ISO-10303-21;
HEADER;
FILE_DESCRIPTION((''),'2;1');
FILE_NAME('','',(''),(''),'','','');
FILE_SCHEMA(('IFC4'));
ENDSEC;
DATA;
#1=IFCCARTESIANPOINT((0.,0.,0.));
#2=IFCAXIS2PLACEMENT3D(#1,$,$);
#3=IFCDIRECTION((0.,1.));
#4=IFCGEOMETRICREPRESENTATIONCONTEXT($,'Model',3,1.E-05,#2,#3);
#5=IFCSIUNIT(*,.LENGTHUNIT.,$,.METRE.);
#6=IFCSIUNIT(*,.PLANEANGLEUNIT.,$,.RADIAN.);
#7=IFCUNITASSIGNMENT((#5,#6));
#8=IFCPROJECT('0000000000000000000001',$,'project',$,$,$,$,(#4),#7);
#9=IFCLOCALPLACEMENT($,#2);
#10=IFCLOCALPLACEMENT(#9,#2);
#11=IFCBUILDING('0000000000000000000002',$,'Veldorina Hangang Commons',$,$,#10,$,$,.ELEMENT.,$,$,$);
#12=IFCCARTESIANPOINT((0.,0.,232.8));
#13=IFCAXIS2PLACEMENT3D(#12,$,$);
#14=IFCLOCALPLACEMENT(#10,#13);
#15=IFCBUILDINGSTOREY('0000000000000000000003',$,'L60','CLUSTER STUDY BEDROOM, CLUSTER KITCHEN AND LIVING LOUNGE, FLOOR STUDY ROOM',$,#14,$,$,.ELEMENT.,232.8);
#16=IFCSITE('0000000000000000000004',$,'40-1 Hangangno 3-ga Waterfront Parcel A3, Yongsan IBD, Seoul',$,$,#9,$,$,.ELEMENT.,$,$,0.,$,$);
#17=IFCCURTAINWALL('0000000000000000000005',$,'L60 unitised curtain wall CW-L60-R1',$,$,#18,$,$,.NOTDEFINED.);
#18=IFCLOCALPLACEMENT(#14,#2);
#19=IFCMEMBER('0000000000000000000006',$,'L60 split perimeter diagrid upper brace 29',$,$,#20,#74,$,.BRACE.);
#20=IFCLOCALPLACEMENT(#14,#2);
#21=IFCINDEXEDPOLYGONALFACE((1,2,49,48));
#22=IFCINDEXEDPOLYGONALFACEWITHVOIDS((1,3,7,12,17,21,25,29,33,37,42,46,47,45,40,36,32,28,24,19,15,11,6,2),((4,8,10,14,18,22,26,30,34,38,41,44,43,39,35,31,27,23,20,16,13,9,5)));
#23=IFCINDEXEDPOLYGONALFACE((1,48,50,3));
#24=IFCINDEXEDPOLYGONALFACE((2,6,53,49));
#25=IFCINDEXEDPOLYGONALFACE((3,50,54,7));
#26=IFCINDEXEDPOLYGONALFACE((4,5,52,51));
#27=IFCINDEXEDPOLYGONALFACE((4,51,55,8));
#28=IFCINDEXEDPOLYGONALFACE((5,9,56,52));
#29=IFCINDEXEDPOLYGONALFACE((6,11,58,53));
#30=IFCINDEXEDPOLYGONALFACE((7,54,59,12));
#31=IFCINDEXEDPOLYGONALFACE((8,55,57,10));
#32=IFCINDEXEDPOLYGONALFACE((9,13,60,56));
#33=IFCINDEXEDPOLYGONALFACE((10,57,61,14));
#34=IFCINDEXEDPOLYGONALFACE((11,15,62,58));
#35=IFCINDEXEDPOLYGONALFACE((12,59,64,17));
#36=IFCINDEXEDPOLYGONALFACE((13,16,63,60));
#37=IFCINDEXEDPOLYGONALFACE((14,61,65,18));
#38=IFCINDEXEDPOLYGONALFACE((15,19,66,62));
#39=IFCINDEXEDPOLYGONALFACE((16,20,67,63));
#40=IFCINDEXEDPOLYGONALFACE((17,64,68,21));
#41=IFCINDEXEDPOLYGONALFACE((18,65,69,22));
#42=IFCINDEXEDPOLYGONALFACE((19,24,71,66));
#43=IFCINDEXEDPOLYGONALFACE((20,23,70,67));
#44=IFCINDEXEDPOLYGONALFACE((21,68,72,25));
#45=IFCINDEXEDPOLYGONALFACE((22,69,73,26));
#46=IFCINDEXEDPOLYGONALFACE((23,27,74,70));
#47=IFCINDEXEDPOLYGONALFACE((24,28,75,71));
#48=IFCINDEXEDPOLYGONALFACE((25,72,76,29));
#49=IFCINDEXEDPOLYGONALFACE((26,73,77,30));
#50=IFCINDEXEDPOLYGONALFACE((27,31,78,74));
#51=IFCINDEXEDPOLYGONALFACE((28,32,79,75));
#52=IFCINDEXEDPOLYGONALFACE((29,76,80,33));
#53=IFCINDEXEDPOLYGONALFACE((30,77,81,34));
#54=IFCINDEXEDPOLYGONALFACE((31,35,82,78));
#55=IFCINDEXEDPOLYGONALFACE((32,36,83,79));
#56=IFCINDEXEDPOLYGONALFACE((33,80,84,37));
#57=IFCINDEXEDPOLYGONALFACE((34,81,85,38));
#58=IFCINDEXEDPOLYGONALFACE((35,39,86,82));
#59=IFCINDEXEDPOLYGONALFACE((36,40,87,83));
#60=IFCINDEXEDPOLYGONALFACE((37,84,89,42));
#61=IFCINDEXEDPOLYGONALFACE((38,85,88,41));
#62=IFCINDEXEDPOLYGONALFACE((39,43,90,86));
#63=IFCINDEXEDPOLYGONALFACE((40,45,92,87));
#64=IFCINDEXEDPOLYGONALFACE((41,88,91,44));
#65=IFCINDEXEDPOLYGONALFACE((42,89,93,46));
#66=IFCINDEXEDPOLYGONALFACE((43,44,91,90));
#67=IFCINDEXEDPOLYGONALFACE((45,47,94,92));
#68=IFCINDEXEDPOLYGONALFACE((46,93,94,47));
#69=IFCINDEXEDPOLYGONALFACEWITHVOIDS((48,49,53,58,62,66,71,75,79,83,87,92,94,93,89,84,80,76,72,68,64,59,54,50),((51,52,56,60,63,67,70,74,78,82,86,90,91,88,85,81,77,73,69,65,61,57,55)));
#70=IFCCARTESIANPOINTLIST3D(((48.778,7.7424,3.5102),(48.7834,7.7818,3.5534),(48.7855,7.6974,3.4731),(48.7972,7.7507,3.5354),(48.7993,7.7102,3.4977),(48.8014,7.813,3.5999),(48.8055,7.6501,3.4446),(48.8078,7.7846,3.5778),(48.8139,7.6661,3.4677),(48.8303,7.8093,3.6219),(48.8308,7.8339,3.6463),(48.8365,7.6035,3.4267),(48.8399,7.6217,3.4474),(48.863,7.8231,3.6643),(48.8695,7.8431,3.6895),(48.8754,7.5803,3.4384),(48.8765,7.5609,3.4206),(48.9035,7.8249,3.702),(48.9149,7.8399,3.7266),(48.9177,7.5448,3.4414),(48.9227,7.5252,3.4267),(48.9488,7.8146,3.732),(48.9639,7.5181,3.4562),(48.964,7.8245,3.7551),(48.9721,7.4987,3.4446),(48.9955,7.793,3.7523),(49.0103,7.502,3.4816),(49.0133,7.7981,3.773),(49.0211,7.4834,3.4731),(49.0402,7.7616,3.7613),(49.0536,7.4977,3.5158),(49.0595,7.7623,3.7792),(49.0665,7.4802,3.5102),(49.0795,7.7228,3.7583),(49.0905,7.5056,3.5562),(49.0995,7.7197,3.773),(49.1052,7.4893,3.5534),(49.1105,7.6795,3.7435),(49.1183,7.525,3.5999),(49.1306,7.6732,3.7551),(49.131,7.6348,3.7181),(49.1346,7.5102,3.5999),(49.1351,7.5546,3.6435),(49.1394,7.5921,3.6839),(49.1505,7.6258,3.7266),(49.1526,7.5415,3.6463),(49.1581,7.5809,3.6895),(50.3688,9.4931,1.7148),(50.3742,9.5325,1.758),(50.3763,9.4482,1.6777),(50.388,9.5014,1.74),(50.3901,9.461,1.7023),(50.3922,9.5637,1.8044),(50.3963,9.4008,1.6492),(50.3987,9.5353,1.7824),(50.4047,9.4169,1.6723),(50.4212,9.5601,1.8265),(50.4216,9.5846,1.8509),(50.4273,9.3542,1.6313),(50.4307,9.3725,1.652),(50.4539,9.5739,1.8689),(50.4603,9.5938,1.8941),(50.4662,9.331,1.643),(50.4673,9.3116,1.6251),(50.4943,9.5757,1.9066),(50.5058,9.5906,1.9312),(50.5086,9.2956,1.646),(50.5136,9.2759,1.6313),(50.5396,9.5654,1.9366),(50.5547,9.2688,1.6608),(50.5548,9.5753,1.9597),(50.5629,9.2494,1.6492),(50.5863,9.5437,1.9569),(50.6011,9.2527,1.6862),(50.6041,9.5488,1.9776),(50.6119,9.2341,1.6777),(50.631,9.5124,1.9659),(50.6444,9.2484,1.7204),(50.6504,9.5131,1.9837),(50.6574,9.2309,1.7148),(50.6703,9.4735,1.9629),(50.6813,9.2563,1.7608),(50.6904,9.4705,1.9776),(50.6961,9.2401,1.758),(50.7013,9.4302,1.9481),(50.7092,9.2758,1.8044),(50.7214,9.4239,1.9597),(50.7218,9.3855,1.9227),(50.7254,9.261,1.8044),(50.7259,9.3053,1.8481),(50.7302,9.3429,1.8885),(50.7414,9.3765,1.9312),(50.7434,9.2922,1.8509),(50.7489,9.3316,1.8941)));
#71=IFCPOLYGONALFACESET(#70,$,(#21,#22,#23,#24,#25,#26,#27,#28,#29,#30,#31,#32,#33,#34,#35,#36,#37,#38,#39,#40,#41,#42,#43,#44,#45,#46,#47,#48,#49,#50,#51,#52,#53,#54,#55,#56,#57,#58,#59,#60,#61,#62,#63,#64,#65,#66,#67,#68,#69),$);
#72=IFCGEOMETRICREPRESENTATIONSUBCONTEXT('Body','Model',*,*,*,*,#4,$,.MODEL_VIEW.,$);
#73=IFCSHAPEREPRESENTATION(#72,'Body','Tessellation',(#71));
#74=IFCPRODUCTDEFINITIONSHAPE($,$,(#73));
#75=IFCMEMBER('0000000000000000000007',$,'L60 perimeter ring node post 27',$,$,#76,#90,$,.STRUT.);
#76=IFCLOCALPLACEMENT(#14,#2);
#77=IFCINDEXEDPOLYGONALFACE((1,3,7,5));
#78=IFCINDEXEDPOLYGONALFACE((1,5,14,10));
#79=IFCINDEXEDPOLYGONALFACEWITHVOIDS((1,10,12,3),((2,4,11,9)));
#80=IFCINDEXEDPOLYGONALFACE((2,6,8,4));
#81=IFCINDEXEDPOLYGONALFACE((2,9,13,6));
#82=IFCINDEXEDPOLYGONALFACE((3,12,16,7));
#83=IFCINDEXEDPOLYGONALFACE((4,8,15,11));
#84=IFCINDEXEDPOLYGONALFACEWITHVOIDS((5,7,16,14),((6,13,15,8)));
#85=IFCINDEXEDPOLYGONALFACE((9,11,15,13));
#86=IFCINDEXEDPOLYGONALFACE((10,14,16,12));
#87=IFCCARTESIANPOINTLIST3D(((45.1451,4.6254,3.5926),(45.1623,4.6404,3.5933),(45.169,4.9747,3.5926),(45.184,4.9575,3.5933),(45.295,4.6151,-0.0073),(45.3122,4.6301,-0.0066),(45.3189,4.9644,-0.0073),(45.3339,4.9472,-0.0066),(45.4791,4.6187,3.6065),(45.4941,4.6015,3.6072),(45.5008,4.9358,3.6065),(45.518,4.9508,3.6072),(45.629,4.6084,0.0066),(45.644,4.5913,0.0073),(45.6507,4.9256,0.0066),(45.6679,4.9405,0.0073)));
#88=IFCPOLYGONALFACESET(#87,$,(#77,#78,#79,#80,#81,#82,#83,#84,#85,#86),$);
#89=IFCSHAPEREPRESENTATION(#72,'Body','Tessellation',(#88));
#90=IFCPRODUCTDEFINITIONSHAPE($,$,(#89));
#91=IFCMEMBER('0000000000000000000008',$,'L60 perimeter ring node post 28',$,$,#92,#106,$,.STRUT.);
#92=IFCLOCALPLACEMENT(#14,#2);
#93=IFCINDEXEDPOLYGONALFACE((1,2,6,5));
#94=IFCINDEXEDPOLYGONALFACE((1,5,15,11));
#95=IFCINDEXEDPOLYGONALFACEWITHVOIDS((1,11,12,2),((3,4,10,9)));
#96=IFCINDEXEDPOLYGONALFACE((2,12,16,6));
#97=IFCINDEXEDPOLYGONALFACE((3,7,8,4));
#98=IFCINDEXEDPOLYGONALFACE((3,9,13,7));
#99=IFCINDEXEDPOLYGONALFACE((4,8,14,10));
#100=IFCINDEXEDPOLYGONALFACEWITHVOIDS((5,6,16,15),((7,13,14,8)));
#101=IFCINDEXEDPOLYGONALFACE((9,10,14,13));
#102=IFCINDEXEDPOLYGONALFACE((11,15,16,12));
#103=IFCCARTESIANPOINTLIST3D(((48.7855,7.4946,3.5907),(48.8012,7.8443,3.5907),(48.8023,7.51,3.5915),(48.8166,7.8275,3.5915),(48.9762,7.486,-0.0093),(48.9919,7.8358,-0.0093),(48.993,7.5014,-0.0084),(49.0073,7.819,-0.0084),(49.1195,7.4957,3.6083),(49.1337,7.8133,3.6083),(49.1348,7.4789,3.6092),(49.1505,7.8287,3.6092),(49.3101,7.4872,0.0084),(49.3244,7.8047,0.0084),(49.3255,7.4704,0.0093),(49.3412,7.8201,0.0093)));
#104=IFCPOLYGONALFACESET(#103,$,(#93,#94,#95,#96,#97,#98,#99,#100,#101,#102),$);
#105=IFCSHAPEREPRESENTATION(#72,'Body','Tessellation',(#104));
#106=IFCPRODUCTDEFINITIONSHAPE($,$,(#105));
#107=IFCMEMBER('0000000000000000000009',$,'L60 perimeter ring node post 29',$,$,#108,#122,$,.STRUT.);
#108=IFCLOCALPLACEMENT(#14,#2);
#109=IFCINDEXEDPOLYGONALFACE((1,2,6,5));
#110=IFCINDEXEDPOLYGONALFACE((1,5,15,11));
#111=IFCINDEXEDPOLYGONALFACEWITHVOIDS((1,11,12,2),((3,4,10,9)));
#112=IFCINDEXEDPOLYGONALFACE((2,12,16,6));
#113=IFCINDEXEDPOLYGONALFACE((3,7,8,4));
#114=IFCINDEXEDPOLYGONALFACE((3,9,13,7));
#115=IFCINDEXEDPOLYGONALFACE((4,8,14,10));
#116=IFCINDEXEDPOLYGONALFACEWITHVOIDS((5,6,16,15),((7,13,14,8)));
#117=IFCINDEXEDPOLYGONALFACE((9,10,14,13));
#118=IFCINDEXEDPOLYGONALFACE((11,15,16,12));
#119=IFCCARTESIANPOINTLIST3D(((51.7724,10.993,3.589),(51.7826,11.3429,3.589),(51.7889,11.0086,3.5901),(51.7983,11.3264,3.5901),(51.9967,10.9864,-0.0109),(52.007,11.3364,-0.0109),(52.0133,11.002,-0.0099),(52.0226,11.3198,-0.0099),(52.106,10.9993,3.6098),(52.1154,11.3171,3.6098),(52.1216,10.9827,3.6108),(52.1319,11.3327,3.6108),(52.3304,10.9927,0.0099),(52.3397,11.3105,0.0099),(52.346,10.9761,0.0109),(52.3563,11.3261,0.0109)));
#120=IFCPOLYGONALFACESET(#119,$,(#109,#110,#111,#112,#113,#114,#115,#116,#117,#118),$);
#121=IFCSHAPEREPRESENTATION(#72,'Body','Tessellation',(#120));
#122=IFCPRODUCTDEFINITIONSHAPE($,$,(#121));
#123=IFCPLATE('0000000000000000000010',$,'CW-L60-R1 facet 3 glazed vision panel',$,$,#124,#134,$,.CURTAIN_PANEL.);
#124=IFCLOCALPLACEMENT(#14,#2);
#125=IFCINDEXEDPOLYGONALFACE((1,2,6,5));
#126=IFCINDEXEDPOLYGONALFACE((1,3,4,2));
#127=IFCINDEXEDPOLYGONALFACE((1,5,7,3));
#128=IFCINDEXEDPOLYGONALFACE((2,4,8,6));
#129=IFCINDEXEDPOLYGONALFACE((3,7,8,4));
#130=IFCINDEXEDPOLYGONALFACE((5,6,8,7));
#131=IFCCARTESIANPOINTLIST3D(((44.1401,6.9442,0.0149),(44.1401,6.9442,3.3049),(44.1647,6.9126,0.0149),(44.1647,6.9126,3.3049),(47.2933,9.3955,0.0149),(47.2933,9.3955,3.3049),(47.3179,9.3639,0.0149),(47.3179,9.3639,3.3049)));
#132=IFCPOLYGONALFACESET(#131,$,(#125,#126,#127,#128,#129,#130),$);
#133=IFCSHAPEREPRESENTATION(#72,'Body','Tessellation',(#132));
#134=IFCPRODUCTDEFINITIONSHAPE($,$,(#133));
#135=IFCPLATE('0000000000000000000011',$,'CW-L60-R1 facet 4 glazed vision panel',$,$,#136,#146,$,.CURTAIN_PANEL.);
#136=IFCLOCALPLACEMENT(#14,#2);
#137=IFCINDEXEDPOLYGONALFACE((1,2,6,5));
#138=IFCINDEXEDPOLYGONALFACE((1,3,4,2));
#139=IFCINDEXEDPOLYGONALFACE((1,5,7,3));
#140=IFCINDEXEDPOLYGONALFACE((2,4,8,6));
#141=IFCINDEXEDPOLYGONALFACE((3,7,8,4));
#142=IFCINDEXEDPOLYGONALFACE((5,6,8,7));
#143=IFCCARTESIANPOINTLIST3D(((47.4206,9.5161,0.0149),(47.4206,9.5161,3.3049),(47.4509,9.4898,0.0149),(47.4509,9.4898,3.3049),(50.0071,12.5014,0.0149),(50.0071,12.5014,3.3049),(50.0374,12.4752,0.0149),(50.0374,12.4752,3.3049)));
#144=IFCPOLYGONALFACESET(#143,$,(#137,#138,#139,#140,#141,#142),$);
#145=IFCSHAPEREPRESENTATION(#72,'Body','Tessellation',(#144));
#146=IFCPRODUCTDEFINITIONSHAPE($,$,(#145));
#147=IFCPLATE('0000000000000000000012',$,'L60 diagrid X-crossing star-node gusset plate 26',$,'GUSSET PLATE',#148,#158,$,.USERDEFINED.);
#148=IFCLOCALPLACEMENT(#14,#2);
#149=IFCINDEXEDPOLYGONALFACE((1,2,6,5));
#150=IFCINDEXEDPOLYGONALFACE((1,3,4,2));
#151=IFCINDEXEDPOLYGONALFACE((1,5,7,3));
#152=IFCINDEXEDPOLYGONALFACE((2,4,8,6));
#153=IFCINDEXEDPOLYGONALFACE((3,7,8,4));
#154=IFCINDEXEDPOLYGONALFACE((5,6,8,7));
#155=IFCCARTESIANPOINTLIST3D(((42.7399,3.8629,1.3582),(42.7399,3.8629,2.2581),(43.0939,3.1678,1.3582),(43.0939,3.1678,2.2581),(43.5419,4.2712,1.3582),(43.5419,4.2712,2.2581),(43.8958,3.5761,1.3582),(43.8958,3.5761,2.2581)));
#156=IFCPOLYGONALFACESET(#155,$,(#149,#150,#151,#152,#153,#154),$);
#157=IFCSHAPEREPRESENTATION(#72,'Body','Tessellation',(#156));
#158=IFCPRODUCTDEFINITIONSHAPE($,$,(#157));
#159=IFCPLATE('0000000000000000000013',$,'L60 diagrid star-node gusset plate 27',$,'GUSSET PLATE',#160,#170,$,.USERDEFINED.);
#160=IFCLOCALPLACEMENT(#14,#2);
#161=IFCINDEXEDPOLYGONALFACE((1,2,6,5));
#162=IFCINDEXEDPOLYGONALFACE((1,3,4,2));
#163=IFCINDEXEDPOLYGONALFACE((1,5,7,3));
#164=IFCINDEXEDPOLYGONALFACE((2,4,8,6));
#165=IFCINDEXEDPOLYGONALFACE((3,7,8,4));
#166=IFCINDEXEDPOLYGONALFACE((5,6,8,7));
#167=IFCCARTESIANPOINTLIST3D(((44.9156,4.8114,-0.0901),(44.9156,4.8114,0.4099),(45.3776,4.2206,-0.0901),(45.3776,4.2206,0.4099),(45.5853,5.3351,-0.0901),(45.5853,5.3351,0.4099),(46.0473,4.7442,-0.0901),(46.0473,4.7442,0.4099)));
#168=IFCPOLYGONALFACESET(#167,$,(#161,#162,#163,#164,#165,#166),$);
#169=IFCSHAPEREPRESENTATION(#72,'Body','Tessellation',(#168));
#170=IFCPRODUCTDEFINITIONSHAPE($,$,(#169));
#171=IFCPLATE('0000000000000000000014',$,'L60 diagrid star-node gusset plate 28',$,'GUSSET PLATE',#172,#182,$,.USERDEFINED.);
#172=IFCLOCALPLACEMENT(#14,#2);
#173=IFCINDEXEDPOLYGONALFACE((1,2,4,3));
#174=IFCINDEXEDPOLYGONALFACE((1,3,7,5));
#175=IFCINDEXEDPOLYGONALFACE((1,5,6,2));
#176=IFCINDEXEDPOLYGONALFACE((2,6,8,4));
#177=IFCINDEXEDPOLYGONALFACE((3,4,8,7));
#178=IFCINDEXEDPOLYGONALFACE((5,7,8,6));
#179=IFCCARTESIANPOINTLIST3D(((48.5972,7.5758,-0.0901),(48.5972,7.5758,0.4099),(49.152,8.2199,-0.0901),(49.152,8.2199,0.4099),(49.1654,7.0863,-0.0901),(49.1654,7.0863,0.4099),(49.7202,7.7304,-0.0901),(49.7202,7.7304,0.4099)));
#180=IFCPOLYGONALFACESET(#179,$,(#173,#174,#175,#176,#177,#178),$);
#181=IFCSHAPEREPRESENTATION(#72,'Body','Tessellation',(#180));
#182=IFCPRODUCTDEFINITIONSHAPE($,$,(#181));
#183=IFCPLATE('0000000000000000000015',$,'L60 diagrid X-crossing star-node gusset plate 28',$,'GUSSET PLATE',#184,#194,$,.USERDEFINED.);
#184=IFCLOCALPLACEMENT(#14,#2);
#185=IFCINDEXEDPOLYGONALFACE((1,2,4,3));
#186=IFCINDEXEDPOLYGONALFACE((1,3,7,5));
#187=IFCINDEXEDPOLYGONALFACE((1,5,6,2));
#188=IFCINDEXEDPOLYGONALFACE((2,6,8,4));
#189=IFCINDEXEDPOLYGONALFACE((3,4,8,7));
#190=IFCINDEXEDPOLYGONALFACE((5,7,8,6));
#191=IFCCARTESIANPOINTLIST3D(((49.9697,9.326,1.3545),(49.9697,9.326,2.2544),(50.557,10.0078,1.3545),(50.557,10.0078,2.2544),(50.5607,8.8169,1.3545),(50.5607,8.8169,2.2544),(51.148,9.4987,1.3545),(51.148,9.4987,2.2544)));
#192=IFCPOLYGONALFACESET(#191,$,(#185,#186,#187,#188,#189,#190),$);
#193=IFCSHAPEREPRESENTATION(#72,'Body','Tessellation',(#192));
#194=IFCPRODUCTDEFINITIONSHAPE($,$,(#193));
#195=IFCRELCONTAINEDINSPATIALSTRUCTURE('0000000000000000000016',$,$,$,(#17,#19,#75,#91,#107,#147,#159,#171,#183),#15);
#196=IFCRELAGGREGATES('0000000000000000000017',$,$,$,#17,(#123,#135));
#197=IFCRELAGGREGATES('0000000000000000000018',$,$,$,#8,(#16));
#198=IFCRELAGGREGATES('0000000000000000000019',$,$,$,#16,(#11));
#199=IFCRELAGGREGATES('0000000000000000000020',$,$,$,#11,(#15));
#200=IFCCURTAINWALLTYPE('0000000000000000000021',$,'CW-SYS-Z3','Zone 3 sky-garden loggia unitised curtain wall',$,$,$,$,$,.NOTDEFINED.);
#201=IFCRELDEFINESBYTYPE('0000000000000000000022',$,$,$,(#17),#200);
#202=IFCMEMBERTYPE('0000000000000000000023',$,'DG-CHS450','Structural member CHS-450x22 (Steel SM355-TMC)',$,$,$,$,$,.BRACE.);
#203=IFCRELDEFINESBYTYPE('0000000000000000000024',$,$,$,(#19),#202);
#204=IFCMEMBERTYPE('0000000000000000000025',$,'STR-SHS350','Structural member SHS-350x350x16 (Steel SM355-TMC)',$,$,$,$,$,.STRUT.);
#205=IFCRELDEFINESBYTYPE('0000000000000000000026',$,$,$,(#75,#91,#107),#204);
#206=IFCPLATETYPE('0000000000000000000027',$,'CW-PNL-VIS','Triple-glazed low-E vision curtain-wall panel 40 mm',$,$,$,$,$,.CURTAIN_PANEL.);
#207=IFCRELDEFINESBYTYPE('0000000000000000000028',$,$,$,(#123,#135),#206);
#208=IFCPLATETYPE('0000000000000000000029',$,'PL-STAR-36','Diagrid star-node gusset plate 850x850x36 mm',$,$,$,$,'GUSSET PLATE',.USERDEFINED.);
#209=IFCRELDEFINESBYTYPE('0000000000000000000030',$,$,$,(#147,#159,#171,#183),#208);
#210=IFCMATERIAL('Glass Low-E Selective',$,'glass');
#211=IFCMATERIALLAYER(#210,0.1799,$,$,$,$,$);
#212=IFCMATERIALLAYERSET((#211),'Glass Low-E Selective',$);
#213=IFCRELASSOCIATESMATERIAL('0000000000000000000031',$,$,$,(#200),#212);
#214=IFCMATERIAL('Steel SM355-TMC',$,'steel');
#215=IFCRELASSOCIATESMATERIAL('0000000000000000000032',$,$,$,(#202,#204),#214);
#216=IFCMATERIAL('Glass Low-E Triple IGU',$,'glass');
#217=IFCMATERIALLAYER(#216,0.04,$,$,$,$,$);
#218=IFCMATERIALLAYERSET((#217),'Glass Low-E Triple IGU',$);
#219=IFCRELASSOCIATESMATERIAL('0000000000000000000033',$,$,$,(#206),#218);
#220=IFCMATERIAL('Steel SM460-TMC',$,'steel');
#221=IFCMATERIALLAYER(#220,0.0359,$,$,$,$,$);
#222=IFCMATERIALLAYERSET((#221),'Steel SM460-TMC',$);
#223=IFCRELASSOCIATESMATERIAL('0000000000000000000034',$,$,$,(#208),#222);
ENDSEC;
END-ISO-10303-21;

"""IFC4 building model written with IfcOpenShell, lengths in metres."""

from ifc_helpers import new_model, si_unit, direction, frame, origin, origin_2d, place, context, subcontext, project, spatial, rectangle, hollow_rectangle, hollow_circle, extrude, material, layer, layer_set, material_profile, profile_set, type_object, element, aggregate, save


model = new_model("IFC4")

# Units and contexts
model_context = context("Model", 3, precision=1e-05, world=origin(), true_north=direction((0.0, 1.0)))
body_context = subcontext(model_context, "Body", "Model", "MODEL_VIEW")
ifc_project = project(units=[si_unit("LENGTHUNIT", "METRE"), si_unit("PLANEANGLEUNIT", "RADIAN")], contexts=[model_context])

# Site, building, storey
site_placement = place(None, origin())
site = spatial("IfcSite", under=ifc_project, at=site_placement, Name="40-1 Hangangno 3-ga Waterfront Parcel A3, Yongsan IBD, Seoul", CompositionType="ELEMENT", RefElevation=0.0)
building_placement = place(site_placement, origin())
building = spatial("IfcBuilding", under=site, at=building_placement, Name="Veldorina Hangang Commons", CompositionType="ELEMENT")
storey_placement = place(building_placement, frame((0.0, 0.0, 232.8)))
storey = spatial("IfcBuildingStorey", under=building, at=storey_placement, Name="L60", Description="CLUSTER STUDY BEDROOM, CLUSTER KITCHEN AND LIVING LOUNGE, FLOOR STUDY ROOM", CompositionType="ELEMENT", Elevation=232.8)

# Shared definitions
ifc_material_1 = material(Name="Steel SM355-TMC", Category="steel")

# Curtain wall
ifc_material_2 = material(Name="Glass Low-E Selective", Category="glass")
ifc_layer_1 = layer(ifc_material_2, 0.1799)
ifc_layer_set_1 = layer_set([ifc_layer_1], Name="Glass Low-E Selective")
curtain_wall_type = type_object("IfcCurtainWallType", Name="CW-SYS-Z3", Description="Zone 3 sky-garden loggia unitised curtain wall", PredefinedType="NOTDEFINED", material=ifc_layer_set_1)
curtain_wall_placement = place(storey_placement, origin())
curtain_wall = element("IfcCurtainWall", 1, at=curtain_wall_placement, inside=storey, type_object=curtain_wall_type, Name="L60 unitised curtain wall CW-L60-R1", PredefinedType="NOTDEFINED")

# Members
ifc_material_profile_1 = material_profile(ifc_material_1, hollow_circle(Radius=0.2251, WallThickness=0.022, at=origin_2d()), Name="CHS-450x22")
ifc_profile_set_1 = profile_set([ifc_material_profile_1], Name="Steel SM355-TMC")
member_type_1 = type_object("IfcMemberType", Name="DG-CHS450", Description="Structural member CHS-450x22 (Steel SM355-TMC)", PredefinedType="BRACE", material=ifc_profile_set_1)
member_1_placement = place(storey_placement, frame((50.5588, 9.4124, 1.8044), z_axis=(-0.535679, -0.589527, 0.604571), x_axis=(0.740099, -0.672498, 0.0)))
element("IfcMember", 2, at=member_1_placement, inside=storey, type_object=member_type_1, Name="L60 split perimeter diagrid upper brace 29", PredefinedType="BRACE", context=body_context, shape_type="SweptSolid", body=[
    extrude(hollow_circle(Radius=0.2251, WallThickness=0.022, at=origin_2d()), origin(), (0.0, 0.0, 1.0), 2.9697),
])
ifc_material_profile_2 = material_profile(ifc_material_1, hollow_rectangle(XDim=0.3501, YDim=0.3501, WallThickness=0.0161, at=origin_2d()), Name="SHS-350x350x16")
ifc_profile_set_2 = profile_set([ifc_material_profile_2], Name="Steel SM355-TMC")
member_type_2 = type_object("IfcMemberType", Name="STR-SHS350", Description="Structural member SHS-350x350x16 (Steel SM355-TMC)", PredefinedType="STRUT", material=ifc_profile_set_2)
member_2_placement = place(storey_placement, frame((45.4814, 4.7778, 0.0), z_axis=(-0.041605, 0.002846, 0.99913), x_axis=(-0.068244, -0.997669, 0.0)))
element("IfcMember", 3, at=member_2_placement, inside=storey, type_object=member_type_2, Name="L60 perimeter ring node post 27", PredefinedType="STRUT", context=body_context, shape_type="SweptSolid", body=[
    extrude(hollow_rectangle(XDim=0.3501, YDim=0.3501, WallThickness=0.0161, at=origin_2d()), origin(), (0.0, 0.0, 1.0), 3.603),
])
member_3_placement = place(storey_placement, frame((49.1587, 7.6531, 0.0), z_axis=(-0.052893, 0.00237, 0.998597), x_axis=(-0.044769, -0.998997, 0.0)))
element("IfcMember", 4, at=member_3_placement, inside=storey, type_object=member_type_2, Name="L60 perimeter ring node post 28", PredefinedType="STRUT", context=body_context, shape_type="SweptSolid", body=[
    extrude(hollow_rectangle(XDim=0.3501, YDim=0.3501, WallThickness=0.0161, at=origin_2d()), origin(), (0.0, 0.0, 1.0), 3.605),
])
member_4_placement = place(storey_placement, frame((52.1765, 11.1562, 0.0), z_axis=(-0.062205, 0.001828, 0.998062), x_axis=(-0.029367, -0.999569, 0.0)))
element("IfcMember", 5, at=member_4_placement, inside=storey, type_object=member_type_2, Name="L60 perimeter ring node post 29", PredefinedType="STRUT", context=body_context, shape_type="SweptSolid", body=[
    extrude(hollow_rectangle(XDim=0.3501, YDim=0.3501, WallThickness=0.0161, at=origin_2d()), origin(), (0.0, 0.0, 1.0), 3.6069),
])

# Plates
ifc_material_3 = material(Name="Glass Low-E Triple IGU", Category="glass")
ifc_layer_2 = layer(ifc_material_3, 0.04)
ifc_layer_set_2 = layer_set([ifc_layer_2], Name="Glass Low-E Triple IGU")
plate_type_1 = type_object("IfcPlateType", Name="CW-PNL-VIS", Description="Triple-glazed low-E vision curtain-wall panel 40 mm", PredefinedType="CURTAIN_PANEL", material=ifc_layer_set_2)
plate_1_placement = place(storey_placement, frame((45.729, 8.1541, 0.0149), z_axis=(0.0, 0.0, 1.0), x_axis=(0.789502, 0.613748, 0.0)))
plate_1 = element("IfcPlate", 6, at=plate_1_placement, type_object=plate_type_1, Name="CW-L60-R1 facet 3 glazed vision panel", PredefinedType="CURTAIN_PANEL", context=body_context, shape_type="SweptSolid", body=[
    extrude(rectangle(XDim=3.9939, YDim=0.04, at=origin_2d()), origin(), (0.0, 0.0, 1.0), 3.29),
])
plate_2_placement = place(storey_placement, frame((48.729, 10.9956, 0.0149), z_axis=(0.0, 0.0, 1.0), x_axis=(0.65482, 0.755785, 0.0)))
plate_2 = element("IfcPlate", 7, at=plate_2_placement, type_object=plate_type_1, Name="CW-L60-R1 facet 4 glazed vision panel", PredefinedType="CURTAIN_PANEL", context=body_context, shape_type="SweptSolid", body=[
    extrude(rectangle(XDim=3.95, YDim=0.04, at=origin_2d()), origin(), (0.0, 0.0, 1.0), 3.29),
])
aggregate(curtain_wall, [plate_1, plate_2])

# Plates
ifc_material_4 = material(Name="Steel SM460-TMC", Category="steel")
ifc_layer_3 = layer(ifc_material_4, 0.0359)
ifc_layer_set_3 = layer_set([ifc_layer_3], Name="Steel SM460-TMC")
plate_type_2 = type_object("IfcPlateType", Name="PL-STAR-36", Description="Diagrid star-node gusset plate 850x850x36 mm", ElementType="GUSSET PLATE", PredefinedType="USERDEFINED", material=ifc_layer_set_3)
plate_3_placement = place(storey_placement, frame((43.3179, 3.7195, 1.3582), z_axis=(0.0, 0.0, 1.0), x_axis=(0.891117, 0.453773, 0.0)))
element("IfcPlate", 8, at=plate_3_placement, inside=storey, type_object=plate_type_2, Name="L60 diagrid X-crossing star-node gusset plate 26", ObjectType="GUSSET PLATE", PredefinedType="USERDEFINED", context=body_context, shape_type="SweptSolid", body=[
    extrude(rectangle(XDim=0.8999, YDim=0.78, at=origin_2d()), origin(), (0.0, 0.0, 1.0), 0.8999),
])
for number, where, z_axis, x_axis, name in (
    (9, (45.4814, 4.7778, -0.0901), (0.0, 0.0, 1.0), (0.787785, 0.61595, 0.0), "L60 diagrid star-node gusset plate 27"),
    (10, (49.1587, 7.6531, -0.0901), (0.0, 0.0, 1.0), (0.652667, 0.757645, 0.0), "L60 diagrid star-node gusset plate 28"),
):
    element("IfcPlate", number, at=place(storey_placement, frame(where, z_axis=z_axis, x_axis=x_axis)), inside=storey, type_object=plate_type_2, Name=name, ObjectType="GUSSET PLATE", PredefinedType="USERDEFINED", context=body_context, shape_type="SweptSolid", body=[
        extrude(rectangle(XDim=0.8501, YDim=0.75, at=origin_2d()), origin(), (0.0, 0.0, 1.0), 0.5),
    ])
plate_4_placement = place(storey_placement, frame((50.5588, 9.4124, 1.3545), z_axis=(0.0, 0.0, 1.0), x_axis=(0.652667, 0.757645, 0.0)))
element("IfcPlate", 11, at=plate_4_placement, inside=storey, type_object=plate_type_2, Name="L60 diagrid X-crossing star-node gusset plate 28", ObjectType="GUSSET PLATE", PredefinedType="USERDEFINED", context=body_context, shape_type="SweptSolid", body=[
    extrude(rectangle(XDim=0.8999, YDim=0.78, at=origin_2d()), origin(), (0.0, 0.0, 1.0), 0.8999),
])

save(model, "model.ifc")
